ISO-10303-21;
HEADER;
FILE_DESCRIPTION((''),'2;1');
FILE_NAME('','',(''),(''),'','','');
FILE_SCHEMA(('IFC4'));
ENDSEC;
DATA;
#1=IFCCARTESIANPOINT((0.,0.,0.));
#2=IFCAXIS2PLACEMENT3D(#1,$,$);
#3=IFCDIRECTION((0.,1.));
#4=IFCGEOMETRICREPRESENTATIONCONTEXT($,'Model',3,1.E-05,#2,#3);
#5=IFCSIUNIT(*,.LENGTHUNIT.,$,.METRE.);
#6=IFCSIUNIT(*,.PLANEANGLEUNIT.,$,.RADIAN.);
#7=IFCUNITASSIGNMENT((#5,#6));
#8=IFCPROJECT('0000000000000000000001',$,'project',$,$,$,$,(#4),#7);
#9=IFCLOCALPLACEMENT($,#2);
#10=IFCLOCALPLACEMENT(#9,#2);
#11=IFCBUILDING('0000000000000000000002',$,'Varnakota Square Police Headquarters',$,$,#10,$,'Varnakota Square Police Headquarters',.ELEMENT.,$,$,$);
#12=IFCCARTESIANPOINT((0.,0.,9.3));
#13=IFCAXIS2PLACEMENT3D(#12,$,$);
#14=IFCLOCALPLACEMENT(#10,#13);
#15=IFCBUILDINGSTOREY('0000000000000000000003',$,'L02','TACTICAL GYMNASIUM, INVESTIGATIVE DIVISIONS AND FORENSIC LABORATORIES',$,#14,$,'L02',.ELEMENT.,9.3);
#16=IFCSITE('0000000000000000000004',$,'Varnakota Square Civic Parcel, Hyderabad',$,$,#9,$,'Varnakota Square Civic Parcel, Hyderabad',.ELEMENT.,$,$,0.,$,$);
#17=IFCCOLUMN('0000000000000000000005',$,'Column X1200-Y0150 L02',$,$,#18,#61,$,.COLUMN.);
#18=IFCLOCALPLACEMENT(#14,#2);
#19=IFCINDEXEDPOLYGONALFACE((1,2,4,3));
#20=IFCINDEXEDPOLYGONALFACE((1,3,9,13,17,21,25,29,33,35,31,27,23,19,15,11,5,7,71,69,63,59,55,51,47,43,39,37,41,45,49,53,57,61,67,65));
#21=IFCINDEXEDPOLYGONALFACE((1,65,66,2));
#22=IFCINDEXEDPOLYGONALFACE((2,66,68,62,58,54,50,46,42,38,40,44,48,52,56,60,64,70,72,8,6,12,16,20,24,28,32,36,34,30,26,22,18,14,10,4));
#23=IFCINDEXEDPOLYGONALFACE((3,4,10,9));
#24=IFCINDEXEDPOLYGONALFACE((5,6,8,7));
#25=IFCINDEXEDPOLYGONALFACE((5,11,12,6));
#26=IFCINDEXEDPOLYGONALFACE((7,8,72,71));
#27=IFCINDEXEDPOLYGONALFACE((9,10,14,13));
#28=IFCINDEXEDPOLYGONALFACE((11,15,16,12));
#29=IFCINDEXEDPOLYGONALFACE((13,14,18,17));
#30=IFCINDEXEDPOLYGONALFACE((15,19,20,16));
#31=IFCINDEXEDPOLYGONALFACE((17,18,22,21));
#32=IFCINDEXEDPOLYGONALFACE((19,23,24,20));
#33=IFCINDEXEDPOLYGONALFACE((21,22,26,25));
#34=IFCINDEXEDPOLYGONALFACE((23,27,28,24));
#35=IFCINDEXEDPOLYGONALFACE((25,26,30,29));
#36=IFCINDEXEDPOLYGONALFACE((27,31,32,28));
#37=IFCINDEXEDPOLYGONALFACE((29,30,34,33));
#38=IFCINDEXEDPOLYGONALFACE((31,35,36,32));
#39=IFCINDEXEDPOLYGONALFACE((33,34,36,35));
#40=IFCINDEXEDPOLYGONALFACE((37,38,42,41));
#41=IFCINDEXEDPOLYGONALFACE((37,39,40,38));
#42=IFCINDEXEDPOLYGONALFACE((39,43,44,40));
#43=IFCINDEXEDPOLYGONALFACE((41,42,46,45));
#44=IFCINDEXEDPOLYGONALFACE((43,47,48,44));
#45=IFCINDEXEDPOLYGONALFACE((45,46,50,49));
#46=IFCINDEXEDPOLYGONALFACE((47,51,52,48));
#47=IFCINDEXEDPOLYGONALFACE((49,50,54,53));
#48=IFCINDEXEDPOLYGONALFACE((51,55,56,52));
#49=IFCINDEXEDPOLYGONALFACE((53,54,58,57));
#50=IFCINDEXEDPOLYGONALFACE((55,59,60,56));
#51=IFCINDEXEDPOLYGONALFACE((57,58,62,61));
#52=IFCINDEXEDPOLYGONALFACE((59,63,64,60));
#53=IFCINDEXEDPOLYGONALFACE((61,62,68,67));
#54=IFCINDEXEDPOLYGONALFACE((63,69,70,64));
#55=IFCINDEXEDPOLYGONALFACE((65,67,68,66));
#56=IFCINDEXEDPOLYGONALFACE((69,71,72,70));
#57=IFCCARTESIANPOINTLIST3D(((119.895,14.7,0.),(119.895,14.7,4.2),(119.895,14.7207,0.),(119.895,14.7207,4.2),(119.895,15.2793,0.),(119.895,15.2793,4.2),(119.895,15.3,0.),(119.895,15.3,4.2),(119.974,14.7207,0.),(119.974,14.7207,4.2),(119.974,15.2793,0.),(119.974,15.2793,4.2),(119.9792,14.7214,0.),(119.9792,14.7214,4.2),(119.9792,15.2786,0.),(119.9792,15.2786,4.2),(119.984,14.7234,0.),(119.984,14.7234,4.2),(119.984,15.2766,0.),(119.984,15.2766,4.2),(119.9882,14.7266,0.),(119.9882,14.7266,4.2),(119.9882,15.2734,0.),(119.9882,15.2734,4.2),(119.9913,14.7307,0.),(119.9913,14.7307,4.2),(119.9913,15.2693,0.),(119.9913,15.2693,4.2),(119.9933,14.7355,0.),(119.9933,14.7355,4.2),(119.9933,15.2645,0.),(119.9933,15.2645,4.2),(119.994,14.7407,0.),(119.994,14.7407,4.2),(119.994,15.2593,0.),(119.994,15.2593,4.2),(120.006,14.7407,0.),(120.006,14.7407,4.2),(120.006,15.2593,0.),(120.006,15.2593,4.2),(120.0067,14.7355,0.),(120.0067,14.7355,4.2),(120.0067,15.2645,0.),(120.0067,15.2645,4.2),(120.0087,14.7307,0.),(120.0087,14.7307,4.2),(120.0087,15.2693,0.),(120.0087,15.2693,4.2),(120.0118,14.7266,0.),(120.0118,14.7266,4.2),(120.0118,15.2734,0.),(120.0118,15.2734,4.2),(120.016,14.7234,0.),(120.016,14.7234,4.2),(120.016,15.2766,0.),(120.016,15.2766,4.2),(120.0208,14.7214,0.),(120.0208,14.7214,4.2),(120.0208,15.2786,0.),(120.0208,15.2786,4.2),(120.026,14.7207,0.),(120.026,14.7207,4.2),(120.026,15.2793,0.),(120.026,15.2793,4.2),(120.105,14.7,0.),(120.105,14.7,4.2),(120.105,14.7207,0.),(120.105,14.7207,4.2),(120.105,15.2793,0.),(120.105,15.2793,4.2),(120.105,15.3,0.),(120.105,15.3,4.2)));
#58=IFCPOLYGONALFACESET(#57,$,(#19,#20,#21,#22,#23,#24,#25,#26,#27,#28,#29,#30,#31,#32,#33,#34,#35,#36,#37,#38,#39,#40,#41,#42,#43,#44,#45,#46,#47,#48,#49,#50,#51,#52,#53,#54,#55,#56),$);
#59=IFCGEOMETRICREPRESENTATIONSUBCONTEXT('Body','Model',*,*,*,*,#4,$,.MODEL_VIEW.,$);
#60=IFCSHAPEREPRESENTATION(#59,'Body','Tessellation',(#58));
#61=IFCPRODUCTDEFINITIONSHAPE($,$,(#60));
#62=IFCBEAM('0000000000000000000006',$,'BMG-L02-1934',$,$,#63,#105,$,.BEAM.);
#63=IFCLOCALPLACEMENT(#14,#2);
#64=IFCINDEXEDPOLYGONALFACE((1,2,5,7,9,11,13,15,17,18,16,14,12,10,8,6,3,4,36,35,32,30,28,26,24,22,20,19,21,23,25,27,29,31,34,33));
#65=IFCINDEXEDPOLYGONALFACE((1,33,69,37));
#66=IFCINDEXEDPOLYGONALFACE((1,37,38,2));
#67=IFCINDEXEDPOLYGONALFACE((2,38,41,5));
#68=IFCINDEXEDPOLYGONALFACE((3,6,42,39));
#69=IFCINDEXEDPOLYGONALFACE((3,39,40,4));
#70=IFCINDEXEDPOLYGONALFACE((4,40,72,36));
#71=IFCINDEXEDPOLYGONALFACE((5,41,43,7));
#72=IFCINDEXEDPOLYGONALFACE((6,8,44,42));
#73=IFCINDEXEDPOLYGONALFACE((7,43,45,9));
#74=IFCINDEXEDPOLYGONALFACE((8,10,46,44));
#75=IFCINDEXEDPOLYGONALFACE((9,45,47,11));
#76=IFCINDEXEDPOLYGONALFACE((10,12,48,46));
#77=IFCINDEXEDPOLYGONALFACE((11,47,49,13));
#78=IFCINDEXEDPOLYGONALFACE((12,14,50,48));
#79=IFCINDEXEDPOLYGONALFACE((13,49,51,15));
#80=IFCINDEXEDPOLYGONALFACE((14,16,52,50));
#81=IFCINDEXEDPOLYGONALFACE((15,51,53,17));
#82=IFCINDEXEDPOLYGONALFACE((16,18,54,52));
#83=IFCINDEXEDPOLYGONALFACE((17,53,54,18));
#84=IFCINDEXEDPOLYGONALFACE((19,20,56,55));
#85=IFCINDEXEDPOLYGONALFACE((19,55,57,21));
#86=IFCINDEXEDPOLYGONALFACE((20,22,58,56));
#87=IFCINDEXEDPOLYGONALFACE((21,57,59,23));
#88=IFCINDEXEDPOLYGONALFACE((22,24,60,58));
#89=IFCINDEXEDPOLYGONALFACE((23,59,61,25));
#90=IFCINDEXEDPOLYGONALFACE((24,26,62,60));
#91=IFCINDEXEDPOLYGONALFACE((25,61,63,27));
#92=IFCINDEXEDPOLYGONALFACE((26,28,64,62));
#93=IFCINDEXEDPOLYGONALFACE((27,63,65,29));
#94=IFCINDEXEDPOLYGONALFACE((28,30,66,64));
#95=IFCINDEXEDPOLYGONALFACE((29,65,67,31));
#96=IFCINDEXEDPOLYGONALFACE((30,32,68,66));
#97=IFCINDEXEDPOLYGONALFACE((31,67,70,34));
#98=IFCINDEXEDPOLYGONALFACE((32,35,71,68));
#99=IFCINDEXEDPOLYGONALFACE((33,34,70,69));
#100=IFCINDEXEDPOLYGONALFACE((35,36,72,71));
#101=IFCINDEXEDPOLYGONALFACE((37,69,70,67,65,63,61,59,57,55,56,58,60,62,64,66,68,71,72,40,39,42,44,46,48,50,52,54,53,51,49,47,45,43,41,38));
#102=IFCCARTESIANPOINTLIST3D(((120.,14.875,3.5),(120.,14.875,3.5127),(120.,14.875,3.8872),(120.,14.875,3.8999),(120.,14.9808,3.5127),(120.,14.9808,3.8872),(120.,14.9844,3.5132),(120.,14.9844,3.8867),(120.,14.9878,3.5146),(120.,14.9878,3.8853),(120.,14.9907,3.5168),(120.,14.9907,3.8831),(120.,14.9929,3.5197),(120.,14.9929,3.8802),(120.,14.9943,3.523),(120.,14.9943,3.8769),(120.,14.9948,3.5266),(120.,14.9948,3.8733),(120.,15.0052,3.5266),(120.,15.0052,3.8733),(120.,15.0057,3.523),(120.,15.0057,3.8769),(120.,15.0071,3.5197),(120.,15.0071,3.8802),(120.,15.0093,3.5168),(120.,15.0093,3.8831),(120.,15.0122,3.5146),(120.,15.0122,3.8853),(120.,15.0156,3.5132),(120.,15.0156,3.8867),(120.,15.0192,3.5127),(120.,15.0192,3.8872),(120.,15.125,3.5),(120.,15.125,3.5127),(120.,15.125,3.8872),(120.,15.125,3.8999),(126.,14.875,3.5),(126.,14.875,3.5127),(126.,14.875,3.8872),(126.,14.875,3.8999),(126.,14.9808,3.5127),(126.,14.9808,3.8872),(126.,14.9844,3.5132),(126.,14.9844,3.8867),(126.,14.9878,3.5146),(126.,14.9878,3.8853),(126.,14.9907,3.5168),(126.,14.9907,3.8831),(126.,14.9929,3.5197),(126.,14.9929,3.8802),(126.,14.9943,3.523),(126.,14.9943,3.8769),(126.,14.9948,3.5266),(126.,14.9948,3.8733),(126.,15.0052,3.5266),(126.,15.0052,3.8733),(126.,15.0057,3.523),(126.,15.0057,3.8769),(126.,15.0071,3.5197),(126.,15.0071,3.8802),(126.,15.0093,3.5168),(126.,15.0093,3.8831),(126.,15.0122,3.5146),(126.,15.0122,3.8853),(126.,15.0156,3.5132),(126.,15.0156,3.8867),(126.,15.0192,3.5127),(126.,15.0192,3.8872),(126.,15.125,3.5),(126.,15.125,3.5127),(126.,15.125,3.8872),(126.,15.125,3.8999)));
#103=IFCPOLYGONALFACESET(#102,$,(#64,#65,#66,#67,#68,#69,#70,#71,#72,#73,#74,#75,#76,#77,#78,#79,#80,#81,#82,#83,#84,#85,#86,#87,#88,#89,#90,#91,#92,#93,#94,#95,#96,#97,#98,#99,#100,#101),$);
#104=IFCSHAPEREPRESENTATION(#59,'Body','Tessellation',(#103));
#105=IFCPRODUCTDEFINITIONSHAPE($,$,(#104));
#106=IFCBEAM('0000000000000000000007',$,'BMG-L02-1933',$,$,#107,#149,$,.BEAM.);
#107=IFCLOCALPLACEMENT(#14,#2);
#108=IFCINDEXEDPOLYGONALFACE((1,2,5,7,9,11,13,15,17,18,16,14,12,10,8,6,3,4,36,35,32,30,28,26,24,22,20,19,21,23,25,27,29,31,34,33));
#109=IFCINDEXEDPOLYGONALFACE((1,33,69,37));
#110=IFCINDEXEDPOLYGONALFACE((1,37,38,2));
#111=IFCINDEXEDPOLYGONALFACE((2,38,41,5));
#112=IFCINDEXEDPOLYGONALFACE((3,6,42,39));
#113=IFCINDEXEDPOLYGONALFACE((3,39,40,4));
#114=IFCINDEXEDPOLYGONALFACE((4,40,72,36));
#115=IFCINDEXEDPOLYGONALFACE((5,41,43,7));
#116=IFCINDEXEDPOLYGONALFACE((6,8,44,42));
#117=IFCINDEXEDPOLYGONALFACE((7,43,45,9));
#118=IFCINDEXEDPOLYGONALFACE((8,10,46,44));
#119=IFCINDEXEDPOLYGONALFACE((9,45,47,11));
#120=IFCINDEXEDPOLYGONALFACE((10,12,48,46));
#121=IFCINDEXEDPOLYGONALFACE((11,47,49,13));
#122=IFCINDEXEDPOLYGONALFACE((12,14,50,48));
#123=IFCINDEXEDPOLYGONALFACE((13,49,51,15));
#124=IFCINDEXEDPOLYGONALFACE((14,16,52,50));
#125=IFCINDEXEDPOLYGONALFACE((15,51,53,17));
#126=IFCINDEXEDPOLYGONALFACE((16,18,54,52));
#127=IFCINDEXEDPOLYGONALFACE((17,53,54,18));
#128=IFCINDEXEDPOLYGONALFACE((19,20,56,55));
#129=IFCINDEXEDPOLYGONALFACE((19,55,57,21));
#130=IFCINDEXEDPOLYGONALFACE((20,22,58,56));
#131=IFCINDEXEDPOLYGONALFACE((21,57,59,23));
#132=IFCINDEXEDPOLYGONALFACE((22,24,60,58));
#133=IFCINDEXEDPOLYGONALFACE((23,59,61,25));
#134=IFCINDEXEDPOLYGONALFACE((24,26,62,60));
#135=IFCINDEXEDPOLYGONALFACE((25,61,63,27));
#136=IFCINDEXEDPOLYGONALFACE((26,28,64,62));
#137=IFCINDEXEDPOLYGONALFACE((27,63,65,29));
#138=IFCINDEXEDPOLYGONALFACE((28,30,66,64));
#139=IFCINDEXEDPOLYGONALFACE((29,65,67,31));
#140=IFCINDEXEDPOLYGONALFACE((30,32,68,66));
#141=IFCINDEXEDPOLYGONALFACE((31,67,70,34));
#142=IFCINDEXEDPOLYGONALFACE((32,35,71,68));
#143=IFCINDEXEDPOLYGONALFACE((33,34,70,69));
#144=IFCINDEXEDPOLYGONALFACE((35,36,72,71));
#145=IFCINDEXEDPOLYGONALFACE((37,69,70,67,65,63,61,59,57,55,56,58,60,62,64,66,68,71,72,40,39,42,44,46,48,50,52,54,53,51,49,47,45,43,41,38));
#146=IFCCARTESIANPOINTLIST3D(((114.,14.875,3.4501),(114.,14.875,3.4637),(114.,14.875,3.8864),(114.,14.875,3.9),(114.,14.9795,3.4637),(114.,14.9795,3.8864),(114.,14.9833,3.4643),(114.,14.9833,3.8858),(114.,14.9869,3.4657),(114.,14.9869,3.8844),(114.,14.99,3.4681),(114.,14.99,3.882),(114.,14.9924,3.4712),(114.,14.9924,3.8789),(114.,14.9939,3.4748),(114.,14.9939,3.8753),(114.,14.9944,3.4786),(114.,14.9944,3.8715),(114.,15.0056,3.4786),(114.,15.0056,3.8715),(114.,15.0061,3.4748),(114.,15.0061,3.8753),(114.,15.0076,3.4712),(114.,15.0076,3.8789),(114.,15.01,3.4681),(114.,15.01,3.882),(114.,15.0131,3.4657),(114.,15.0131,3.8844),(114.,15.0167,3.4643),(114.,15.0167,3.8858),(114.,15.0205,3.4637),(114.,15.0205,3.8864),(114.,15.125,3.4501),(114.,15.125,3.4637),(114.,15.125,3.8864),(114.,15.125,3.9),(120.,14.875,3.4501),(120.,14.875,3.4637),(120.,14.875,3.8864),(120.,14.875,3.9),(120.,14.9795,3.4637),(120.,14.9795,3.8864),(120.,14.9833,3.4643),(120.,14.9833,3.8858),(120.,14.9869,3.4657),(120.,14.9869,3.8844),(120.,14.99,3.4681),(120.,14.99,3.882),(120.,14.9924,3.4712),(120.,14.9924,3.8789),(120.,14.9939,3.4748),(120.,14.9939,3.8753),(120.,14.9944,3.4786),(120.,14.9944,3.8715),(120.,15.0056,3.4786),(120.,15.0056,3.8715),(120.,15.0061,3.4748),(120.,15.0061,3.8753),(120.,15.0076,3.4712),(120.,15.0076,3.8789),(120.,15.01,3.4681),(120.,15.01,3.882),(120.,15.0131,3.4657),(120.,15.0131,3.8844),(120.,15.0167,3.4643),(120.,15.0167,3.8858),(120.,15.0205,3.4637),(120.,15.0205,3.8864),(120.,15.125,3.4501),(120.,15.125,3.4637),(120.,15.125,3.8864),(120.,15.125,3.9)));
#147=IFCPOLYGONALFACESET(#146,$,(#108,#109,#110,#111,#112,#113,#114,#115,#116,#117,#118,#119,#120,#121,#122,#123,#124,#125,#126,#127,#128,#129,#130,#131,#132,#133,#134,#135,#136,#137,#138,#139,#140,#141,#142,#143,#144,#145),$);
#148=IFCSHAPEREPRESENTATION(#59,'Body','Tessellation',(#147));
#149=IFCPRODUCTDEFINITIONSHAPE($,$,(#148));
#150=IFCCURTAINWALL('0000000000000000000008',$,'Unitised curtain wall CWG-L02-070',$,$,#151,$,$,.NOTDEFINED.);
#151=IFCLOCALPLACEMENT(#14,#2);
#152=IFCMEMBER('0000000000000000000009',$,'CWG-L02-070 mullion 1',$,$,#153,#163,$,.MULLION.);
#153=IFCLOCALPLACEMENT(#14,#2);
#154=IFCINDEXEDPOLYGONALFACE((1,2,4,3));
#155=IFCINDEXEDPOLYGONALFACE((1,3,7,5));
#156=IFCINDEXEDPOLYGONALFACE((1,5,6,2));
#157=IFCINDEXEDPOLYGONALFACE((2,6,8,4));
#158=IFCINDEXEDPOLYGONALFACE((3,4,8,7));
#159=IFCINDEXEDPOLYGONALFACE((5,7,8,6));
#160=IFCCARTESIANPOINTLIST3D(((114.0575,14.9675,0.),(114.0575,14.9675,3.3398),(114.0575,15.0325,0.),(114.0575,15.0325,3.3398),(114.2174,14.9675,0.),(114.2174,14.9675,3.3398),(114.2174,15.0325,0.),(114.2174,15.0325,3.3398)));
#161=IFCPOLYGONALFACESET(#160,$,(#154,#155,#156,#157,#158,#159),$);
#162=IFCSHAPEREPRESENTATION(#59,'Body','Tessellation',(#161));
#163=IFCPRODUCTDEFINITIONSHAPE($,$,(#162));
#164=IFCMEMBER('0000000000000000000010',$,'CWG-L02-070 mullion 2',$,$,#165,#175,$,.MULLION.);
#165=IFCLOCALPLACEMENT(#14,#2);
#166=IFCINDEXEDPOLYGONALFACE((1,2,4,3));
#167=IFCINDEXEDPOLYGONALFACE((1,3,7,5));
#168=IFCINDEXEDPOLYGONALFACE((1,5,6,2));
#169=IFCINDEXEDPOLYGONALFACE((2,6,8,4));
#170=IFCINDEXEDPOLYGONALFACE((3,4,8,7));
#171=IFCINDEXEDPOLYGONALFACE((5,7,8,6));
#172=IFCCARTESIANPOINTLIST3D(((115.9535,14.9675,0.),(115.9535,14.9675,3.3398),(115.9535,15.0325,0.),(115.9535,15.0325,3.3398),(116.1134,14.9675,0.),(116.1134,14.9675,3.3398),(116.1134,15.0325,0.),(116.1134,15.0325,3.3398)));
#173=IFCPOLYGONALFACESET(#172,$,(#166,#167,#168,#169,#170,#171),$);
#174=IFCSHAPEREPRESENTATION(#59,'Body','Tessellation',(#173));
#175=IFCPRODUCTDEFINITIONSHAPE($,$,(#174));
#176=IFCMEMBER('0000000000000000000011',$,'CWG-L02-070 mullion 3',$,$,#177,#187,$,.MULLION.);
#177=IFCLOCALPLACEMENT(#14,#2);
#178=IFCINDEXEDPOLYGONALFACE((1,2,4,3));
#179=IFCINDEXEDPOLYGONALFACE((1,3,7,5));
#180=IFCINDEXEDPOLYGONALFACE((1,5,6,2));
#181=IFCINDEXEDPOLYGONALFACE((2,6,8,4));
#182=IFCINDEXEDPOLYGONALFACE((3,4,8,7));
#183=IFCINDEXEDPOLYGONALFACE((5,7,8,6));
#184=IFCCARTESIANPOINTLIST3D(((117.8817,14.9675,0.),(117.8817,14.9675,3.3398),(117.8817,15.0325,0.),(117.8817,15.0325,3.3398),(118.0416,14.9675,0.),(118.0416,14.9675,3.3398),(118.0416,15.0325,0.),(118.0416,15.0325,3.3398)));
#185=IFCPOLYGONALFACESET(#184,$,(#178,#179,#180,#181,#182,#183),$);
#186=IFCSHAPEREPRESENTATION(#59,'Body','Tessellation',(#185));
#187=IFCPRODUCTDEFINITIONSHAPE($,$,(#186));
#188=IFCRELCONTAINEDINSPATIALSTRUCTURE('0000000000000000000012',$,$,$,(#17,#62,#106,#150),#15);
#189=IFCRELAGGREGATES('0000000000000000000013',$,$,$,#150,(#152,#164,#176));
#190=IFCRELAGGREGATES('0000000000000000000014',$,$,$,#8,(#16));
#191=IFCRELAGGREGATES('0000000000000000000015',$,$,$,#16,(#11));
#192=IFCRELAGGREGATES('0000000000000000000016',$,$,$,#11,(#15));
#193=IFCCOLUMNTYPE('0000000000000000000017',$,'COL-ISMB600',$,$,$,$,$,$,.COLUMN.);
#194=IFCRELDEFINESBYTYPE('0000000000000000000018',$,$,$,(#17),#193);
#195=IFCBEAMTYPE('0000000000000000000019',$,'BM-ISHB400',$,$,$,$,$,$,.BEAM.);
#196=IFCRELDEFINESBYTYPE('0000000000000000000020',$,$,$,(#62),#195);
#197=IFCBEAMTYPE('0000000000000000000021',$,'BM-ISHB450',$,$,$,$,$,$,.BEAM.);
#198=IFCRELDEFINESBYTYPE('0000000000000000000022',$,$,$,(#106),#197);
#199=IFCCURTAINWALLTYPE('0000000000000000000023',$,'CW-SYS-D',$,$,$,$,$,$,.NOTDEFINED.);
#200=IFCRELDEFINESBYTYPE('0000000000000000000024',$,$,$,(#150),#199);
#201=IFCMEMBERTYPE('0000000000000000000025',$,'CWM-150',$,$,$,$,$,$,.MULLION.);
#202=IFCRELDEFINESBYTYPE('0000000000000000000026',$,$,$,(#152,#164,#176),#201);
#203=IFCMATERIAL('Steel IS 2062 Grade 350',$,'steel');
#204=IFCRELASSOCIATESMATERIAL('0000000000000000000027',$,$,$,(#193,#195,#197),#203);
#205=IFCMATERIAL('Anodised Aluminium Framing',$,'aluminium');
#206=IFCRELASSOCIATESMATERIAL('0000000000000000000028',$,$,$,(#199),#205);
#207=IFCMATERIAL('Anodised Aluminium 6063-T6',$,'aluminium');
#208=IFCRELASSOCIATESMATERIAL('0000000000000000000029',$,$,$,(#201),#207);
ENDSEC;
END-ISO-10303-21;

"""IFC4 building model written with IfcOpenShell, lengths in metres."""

from ifc_helpers import new_model, si_unit, direction, frame, origin, origin_2d, place, context, subcontext, project, spatial, rectangle, i_section, extrude, material, material_profile, profile_set, type_object, element, aggregate, save


model = new_model("IFC4")

# Units and contexts
model_context = context("Model", 3, precision=1e-05, world=origin(), true_north=direction((0.0, 1.0)))
body_context = subcontext(model_context, "Body", "Model", "MODEL_VIEW")
ifc_project = project(units=[si_unit("LENGTHUNIT", "METRE"), si_unit("PLANEANGLEUNIT", "RADIAN")], contexts=[model_context])

# Site, building, storey
site_placement = place(None, origin())
site = spatial("IfcSite", under=ifc_project, at=site_placement, Name="Varnakota Square Civic Parcel, Hyderabad", LongName="Varnakota Square Civic Parcel, Hyderabad", CompositionType="ELEMENT", RefElevation=0.0)
building_placement = place(site_placement, origin())
building = spatial("IfcBuilding", under=site, at=building_placement, Name="Varnakota Square Police Headquarters", LongName="Varnakota Square Police Headquarters", CompositionType="ELEMENT")
storey_placement = place(building_placement, frame((0.0, 0.0, 9.3)))
storey = spatial("IfcBuildingStorey", under=building, at=storey_placement, Name="L02", Description="TACTICAL GYMNASIUM, INVESTIGATIVE DIVISIONS AND FORENSIC LABORATORIES", LongName="L02", CompositionType="ELEMENT", Elevation=9.3)

# Column
ifc_material_1 = material(Name="Steel IS 2062 Grade 350", Category="steel")
ifc_material_profile_1 = material_profile(ifc_material_1, i_section(OverallWidth=0.21, OverallDepth=0.6001, WebThickness=0.012, FlangeThickness=0.0208, FilletRadius=0.02, at=origin_2d()), Name="ISMB 600")
ifc_profile_set_1 = profile_set([ifc_material_profile_1], Name="Steel IS 2062 Grade 350")
column_type = type_object("IfcColumnType", Name="COL-ISMB600", PredefinedType="COLUMN", material=ifc_profile_set_1)
column_placement = place(storey_placement, frame((120.0, 15.0, 0.0), z_axis=(0.0, 0.0, 1.0), x_axis=(1.0, 0.0, 0.0)))
element("IfcColumn", 1, at=column_placement, inside=storey, type_object=column_type, Name="Column X1200-Y0150 L02", PredefinedType="COLUMN", context=body_context, shape_type="SweptSolid", body=[
    extrude(i_section(OverallWidth=0.21, OverallDepth=0.6001, WebThickness=0.012, FlangeThickness=0.0208, FilletRadius=0.02, at=origin_2d()), origin(), (0.0, 0.0, 1.0), 4.2),
])

# Beams
ifc_material_profile_2 = material_profile(ifc_material_1, i_section(OverallWidth=0.25, OverallDepth=0.3999, WebThickness=0.0105, FlangeThickness=0.0127, FilletRadius=0.0139, at=origin_2d()), Name="ISHB 400")
ifc_profile_set_2 = profile_set([ifc_material_profile_2], Name="Steel IS 2062 Grade 350")
beam_type_1 = type_object("IfcBeamType", Name="BM-ISHB400", PredefinedType="BEAM", material=ifc_profile_set_2)
beam_1_placement = place(storey_placement, frame((120.0, 15.0, 3.7), z_axis=(1.0, 0.0, 0.0), x_axis=(0.0, 1.0, 0.0)))
element("IfcBeam", 2, at=beam_1_placement, inside=storey, type_object=beam_type_1, Name="BMG-L02-1934", PredefinedType="BEAM", context=body_context, shape_type="SweptSolid", body=[
    extrude(i_section(OverallWidth=0.25, OverallDepth=0.3999, WebThickness=0.0105, FlangeThickness=0.0127, FilletRadius=0.0139, at=origin_2d()), origin(), (0.0, 0.0, 1.0), 6.0),
])
ifc_material_profile_3 = material_profile(ifc_material_1, i_section(OverallWidth=0.25, OverallDepth=0.45, WebThickness=0.0112, FlangeThickness=0.0137, FilletRadius=0.0149, at=origin_2d()), Name="ISHB 450")
ifc_profile_set_3 = profile_set([ifc_material_profile_3], Name="Steel IS 2062 Grade 350")
beam_type_2 = type_object("IfcBeamType", Name="BM-ISHB450", PredefinedType="BEAM", material=ifc_profile_set_3)
beam_2_placement = place(storey_placement, frame((114.0, 15.0, 3.675), z_axis=(1.0, 0.0, 0.0), x_axis=(0.0, 1.0, 0.0)))
element("IfcBeam", 3, at=beam_2_placement, inside=storey, type_object=beam_type_2, Name="BMG-L02-1933", PredefinedType="BEAM", context=body_context, shape_type="SweptSolid", body=[
    extrude(i_section(OverallWidth=0.25, OverallDepth=0.45, WebThickness=0.0112, FlangeThickness=0.0137, FilletRadius=0.0149, at=origin_2d()), origin(), (0.0, 0.0, 1.0), 6.0),
])

# Curtain wall, members
ifc_material_2 = material(Name="Anodised Aluminium Framing", Category="aluminium")
curtain_wall_type = type_object("IfcCurtainWallType", Name="CW-SYS-D", PredefinedType="NOTDEFINED", material=ifc_material_2)
curtain_wall_1_placement = place(storey_placement, origin())
curtain_wall_1 = element("IfcCurtainWall", 4, at=curtain_wall_1_placement, inside=storey, type_object=curtain_wall_type, Name="Unitised curtain wall CWG-L02-070", PredefinedType="NOTDEFINED")
ifc_material_3 = material(Name="Anodised Aluminium 6063-T6", Category="aluminium")
ifc_material_profile_4 = material_profile(ifc_material_3, rectangle(XDim=0.0649, YDim=0.1599, at=origin_2d()), Name="ALU MULLION 65x160")
ifc_profile_set_4 = profile_set([ifc_material_profile_4], Name="Anodised Aluminium 6063-T6")
member_type_1 = type_object("IfcMemberType", Name="CWM-150", PredefinedType="MULLION", material=ifc_profile_set_4)
member_1_placement = place(storey_placement, frame((114.1375, 15.0, 0.0), z_axis=(0.0, 0.0, 1.0), x_axis=(0.0, 1.0, 0.0)))
member_1 = element("IfcMember", 5, at=member_1_placement, type_object=member_type_1, Name="CWG-L02-070 mullion 1", PredefinedType="MULLION", context=body_context, shape_type="SweptSolid", body=[
    extrude(rectangle(XDim=0.0649, YDim=0.1599, at=origin_2d()), origin(), (0.0, 0.0, 1.0), 3.3398),
])
member_2_placement = place(storey_placement, frame((116.0334, 15.0, 0.0), z_axis=(0.0, 0.0, 1.0), x_axis=(0.0, 1.0, 0.0)))
member_2 = element("IfcMember", 6, at=member_2_placement, type_object=member_type_1, Name="CWG-L02-070 mullion 2", PredefinedType="MULLION", context=body_context, shape_type="SweptSolid", body=[
    extrude(rectangle(XDim=0.0649, YDim=0.1599, at=origin_2d()), origin(), (0.0, 0.0, 1.0), 3.3398),
])
member_3_placement = place(storey_placement, frame((117.9617, 15.0, 0.0), z_axis=(0.0, 0.0, 1.0), x_axis=(0.0, 1.0, 0.0)))
member_3 = element("IfcMember", 7, at=member_3_placement, type_object=member_type_1, Name="CWG-L02-070 mullion 3", PredefinedType="MULLION", context=body_context, shape_type="SweptSolid", body=[
    extrude(rectangle(XDim=0.0649, YDim=0.1599, at=origin_2d()), origin(), (0.0, 0.0, 1.0), 3.3398),
])

aggregate(curtain_wall_1, [member_1, member_2, member_3])

save(model, "model.ifc")
